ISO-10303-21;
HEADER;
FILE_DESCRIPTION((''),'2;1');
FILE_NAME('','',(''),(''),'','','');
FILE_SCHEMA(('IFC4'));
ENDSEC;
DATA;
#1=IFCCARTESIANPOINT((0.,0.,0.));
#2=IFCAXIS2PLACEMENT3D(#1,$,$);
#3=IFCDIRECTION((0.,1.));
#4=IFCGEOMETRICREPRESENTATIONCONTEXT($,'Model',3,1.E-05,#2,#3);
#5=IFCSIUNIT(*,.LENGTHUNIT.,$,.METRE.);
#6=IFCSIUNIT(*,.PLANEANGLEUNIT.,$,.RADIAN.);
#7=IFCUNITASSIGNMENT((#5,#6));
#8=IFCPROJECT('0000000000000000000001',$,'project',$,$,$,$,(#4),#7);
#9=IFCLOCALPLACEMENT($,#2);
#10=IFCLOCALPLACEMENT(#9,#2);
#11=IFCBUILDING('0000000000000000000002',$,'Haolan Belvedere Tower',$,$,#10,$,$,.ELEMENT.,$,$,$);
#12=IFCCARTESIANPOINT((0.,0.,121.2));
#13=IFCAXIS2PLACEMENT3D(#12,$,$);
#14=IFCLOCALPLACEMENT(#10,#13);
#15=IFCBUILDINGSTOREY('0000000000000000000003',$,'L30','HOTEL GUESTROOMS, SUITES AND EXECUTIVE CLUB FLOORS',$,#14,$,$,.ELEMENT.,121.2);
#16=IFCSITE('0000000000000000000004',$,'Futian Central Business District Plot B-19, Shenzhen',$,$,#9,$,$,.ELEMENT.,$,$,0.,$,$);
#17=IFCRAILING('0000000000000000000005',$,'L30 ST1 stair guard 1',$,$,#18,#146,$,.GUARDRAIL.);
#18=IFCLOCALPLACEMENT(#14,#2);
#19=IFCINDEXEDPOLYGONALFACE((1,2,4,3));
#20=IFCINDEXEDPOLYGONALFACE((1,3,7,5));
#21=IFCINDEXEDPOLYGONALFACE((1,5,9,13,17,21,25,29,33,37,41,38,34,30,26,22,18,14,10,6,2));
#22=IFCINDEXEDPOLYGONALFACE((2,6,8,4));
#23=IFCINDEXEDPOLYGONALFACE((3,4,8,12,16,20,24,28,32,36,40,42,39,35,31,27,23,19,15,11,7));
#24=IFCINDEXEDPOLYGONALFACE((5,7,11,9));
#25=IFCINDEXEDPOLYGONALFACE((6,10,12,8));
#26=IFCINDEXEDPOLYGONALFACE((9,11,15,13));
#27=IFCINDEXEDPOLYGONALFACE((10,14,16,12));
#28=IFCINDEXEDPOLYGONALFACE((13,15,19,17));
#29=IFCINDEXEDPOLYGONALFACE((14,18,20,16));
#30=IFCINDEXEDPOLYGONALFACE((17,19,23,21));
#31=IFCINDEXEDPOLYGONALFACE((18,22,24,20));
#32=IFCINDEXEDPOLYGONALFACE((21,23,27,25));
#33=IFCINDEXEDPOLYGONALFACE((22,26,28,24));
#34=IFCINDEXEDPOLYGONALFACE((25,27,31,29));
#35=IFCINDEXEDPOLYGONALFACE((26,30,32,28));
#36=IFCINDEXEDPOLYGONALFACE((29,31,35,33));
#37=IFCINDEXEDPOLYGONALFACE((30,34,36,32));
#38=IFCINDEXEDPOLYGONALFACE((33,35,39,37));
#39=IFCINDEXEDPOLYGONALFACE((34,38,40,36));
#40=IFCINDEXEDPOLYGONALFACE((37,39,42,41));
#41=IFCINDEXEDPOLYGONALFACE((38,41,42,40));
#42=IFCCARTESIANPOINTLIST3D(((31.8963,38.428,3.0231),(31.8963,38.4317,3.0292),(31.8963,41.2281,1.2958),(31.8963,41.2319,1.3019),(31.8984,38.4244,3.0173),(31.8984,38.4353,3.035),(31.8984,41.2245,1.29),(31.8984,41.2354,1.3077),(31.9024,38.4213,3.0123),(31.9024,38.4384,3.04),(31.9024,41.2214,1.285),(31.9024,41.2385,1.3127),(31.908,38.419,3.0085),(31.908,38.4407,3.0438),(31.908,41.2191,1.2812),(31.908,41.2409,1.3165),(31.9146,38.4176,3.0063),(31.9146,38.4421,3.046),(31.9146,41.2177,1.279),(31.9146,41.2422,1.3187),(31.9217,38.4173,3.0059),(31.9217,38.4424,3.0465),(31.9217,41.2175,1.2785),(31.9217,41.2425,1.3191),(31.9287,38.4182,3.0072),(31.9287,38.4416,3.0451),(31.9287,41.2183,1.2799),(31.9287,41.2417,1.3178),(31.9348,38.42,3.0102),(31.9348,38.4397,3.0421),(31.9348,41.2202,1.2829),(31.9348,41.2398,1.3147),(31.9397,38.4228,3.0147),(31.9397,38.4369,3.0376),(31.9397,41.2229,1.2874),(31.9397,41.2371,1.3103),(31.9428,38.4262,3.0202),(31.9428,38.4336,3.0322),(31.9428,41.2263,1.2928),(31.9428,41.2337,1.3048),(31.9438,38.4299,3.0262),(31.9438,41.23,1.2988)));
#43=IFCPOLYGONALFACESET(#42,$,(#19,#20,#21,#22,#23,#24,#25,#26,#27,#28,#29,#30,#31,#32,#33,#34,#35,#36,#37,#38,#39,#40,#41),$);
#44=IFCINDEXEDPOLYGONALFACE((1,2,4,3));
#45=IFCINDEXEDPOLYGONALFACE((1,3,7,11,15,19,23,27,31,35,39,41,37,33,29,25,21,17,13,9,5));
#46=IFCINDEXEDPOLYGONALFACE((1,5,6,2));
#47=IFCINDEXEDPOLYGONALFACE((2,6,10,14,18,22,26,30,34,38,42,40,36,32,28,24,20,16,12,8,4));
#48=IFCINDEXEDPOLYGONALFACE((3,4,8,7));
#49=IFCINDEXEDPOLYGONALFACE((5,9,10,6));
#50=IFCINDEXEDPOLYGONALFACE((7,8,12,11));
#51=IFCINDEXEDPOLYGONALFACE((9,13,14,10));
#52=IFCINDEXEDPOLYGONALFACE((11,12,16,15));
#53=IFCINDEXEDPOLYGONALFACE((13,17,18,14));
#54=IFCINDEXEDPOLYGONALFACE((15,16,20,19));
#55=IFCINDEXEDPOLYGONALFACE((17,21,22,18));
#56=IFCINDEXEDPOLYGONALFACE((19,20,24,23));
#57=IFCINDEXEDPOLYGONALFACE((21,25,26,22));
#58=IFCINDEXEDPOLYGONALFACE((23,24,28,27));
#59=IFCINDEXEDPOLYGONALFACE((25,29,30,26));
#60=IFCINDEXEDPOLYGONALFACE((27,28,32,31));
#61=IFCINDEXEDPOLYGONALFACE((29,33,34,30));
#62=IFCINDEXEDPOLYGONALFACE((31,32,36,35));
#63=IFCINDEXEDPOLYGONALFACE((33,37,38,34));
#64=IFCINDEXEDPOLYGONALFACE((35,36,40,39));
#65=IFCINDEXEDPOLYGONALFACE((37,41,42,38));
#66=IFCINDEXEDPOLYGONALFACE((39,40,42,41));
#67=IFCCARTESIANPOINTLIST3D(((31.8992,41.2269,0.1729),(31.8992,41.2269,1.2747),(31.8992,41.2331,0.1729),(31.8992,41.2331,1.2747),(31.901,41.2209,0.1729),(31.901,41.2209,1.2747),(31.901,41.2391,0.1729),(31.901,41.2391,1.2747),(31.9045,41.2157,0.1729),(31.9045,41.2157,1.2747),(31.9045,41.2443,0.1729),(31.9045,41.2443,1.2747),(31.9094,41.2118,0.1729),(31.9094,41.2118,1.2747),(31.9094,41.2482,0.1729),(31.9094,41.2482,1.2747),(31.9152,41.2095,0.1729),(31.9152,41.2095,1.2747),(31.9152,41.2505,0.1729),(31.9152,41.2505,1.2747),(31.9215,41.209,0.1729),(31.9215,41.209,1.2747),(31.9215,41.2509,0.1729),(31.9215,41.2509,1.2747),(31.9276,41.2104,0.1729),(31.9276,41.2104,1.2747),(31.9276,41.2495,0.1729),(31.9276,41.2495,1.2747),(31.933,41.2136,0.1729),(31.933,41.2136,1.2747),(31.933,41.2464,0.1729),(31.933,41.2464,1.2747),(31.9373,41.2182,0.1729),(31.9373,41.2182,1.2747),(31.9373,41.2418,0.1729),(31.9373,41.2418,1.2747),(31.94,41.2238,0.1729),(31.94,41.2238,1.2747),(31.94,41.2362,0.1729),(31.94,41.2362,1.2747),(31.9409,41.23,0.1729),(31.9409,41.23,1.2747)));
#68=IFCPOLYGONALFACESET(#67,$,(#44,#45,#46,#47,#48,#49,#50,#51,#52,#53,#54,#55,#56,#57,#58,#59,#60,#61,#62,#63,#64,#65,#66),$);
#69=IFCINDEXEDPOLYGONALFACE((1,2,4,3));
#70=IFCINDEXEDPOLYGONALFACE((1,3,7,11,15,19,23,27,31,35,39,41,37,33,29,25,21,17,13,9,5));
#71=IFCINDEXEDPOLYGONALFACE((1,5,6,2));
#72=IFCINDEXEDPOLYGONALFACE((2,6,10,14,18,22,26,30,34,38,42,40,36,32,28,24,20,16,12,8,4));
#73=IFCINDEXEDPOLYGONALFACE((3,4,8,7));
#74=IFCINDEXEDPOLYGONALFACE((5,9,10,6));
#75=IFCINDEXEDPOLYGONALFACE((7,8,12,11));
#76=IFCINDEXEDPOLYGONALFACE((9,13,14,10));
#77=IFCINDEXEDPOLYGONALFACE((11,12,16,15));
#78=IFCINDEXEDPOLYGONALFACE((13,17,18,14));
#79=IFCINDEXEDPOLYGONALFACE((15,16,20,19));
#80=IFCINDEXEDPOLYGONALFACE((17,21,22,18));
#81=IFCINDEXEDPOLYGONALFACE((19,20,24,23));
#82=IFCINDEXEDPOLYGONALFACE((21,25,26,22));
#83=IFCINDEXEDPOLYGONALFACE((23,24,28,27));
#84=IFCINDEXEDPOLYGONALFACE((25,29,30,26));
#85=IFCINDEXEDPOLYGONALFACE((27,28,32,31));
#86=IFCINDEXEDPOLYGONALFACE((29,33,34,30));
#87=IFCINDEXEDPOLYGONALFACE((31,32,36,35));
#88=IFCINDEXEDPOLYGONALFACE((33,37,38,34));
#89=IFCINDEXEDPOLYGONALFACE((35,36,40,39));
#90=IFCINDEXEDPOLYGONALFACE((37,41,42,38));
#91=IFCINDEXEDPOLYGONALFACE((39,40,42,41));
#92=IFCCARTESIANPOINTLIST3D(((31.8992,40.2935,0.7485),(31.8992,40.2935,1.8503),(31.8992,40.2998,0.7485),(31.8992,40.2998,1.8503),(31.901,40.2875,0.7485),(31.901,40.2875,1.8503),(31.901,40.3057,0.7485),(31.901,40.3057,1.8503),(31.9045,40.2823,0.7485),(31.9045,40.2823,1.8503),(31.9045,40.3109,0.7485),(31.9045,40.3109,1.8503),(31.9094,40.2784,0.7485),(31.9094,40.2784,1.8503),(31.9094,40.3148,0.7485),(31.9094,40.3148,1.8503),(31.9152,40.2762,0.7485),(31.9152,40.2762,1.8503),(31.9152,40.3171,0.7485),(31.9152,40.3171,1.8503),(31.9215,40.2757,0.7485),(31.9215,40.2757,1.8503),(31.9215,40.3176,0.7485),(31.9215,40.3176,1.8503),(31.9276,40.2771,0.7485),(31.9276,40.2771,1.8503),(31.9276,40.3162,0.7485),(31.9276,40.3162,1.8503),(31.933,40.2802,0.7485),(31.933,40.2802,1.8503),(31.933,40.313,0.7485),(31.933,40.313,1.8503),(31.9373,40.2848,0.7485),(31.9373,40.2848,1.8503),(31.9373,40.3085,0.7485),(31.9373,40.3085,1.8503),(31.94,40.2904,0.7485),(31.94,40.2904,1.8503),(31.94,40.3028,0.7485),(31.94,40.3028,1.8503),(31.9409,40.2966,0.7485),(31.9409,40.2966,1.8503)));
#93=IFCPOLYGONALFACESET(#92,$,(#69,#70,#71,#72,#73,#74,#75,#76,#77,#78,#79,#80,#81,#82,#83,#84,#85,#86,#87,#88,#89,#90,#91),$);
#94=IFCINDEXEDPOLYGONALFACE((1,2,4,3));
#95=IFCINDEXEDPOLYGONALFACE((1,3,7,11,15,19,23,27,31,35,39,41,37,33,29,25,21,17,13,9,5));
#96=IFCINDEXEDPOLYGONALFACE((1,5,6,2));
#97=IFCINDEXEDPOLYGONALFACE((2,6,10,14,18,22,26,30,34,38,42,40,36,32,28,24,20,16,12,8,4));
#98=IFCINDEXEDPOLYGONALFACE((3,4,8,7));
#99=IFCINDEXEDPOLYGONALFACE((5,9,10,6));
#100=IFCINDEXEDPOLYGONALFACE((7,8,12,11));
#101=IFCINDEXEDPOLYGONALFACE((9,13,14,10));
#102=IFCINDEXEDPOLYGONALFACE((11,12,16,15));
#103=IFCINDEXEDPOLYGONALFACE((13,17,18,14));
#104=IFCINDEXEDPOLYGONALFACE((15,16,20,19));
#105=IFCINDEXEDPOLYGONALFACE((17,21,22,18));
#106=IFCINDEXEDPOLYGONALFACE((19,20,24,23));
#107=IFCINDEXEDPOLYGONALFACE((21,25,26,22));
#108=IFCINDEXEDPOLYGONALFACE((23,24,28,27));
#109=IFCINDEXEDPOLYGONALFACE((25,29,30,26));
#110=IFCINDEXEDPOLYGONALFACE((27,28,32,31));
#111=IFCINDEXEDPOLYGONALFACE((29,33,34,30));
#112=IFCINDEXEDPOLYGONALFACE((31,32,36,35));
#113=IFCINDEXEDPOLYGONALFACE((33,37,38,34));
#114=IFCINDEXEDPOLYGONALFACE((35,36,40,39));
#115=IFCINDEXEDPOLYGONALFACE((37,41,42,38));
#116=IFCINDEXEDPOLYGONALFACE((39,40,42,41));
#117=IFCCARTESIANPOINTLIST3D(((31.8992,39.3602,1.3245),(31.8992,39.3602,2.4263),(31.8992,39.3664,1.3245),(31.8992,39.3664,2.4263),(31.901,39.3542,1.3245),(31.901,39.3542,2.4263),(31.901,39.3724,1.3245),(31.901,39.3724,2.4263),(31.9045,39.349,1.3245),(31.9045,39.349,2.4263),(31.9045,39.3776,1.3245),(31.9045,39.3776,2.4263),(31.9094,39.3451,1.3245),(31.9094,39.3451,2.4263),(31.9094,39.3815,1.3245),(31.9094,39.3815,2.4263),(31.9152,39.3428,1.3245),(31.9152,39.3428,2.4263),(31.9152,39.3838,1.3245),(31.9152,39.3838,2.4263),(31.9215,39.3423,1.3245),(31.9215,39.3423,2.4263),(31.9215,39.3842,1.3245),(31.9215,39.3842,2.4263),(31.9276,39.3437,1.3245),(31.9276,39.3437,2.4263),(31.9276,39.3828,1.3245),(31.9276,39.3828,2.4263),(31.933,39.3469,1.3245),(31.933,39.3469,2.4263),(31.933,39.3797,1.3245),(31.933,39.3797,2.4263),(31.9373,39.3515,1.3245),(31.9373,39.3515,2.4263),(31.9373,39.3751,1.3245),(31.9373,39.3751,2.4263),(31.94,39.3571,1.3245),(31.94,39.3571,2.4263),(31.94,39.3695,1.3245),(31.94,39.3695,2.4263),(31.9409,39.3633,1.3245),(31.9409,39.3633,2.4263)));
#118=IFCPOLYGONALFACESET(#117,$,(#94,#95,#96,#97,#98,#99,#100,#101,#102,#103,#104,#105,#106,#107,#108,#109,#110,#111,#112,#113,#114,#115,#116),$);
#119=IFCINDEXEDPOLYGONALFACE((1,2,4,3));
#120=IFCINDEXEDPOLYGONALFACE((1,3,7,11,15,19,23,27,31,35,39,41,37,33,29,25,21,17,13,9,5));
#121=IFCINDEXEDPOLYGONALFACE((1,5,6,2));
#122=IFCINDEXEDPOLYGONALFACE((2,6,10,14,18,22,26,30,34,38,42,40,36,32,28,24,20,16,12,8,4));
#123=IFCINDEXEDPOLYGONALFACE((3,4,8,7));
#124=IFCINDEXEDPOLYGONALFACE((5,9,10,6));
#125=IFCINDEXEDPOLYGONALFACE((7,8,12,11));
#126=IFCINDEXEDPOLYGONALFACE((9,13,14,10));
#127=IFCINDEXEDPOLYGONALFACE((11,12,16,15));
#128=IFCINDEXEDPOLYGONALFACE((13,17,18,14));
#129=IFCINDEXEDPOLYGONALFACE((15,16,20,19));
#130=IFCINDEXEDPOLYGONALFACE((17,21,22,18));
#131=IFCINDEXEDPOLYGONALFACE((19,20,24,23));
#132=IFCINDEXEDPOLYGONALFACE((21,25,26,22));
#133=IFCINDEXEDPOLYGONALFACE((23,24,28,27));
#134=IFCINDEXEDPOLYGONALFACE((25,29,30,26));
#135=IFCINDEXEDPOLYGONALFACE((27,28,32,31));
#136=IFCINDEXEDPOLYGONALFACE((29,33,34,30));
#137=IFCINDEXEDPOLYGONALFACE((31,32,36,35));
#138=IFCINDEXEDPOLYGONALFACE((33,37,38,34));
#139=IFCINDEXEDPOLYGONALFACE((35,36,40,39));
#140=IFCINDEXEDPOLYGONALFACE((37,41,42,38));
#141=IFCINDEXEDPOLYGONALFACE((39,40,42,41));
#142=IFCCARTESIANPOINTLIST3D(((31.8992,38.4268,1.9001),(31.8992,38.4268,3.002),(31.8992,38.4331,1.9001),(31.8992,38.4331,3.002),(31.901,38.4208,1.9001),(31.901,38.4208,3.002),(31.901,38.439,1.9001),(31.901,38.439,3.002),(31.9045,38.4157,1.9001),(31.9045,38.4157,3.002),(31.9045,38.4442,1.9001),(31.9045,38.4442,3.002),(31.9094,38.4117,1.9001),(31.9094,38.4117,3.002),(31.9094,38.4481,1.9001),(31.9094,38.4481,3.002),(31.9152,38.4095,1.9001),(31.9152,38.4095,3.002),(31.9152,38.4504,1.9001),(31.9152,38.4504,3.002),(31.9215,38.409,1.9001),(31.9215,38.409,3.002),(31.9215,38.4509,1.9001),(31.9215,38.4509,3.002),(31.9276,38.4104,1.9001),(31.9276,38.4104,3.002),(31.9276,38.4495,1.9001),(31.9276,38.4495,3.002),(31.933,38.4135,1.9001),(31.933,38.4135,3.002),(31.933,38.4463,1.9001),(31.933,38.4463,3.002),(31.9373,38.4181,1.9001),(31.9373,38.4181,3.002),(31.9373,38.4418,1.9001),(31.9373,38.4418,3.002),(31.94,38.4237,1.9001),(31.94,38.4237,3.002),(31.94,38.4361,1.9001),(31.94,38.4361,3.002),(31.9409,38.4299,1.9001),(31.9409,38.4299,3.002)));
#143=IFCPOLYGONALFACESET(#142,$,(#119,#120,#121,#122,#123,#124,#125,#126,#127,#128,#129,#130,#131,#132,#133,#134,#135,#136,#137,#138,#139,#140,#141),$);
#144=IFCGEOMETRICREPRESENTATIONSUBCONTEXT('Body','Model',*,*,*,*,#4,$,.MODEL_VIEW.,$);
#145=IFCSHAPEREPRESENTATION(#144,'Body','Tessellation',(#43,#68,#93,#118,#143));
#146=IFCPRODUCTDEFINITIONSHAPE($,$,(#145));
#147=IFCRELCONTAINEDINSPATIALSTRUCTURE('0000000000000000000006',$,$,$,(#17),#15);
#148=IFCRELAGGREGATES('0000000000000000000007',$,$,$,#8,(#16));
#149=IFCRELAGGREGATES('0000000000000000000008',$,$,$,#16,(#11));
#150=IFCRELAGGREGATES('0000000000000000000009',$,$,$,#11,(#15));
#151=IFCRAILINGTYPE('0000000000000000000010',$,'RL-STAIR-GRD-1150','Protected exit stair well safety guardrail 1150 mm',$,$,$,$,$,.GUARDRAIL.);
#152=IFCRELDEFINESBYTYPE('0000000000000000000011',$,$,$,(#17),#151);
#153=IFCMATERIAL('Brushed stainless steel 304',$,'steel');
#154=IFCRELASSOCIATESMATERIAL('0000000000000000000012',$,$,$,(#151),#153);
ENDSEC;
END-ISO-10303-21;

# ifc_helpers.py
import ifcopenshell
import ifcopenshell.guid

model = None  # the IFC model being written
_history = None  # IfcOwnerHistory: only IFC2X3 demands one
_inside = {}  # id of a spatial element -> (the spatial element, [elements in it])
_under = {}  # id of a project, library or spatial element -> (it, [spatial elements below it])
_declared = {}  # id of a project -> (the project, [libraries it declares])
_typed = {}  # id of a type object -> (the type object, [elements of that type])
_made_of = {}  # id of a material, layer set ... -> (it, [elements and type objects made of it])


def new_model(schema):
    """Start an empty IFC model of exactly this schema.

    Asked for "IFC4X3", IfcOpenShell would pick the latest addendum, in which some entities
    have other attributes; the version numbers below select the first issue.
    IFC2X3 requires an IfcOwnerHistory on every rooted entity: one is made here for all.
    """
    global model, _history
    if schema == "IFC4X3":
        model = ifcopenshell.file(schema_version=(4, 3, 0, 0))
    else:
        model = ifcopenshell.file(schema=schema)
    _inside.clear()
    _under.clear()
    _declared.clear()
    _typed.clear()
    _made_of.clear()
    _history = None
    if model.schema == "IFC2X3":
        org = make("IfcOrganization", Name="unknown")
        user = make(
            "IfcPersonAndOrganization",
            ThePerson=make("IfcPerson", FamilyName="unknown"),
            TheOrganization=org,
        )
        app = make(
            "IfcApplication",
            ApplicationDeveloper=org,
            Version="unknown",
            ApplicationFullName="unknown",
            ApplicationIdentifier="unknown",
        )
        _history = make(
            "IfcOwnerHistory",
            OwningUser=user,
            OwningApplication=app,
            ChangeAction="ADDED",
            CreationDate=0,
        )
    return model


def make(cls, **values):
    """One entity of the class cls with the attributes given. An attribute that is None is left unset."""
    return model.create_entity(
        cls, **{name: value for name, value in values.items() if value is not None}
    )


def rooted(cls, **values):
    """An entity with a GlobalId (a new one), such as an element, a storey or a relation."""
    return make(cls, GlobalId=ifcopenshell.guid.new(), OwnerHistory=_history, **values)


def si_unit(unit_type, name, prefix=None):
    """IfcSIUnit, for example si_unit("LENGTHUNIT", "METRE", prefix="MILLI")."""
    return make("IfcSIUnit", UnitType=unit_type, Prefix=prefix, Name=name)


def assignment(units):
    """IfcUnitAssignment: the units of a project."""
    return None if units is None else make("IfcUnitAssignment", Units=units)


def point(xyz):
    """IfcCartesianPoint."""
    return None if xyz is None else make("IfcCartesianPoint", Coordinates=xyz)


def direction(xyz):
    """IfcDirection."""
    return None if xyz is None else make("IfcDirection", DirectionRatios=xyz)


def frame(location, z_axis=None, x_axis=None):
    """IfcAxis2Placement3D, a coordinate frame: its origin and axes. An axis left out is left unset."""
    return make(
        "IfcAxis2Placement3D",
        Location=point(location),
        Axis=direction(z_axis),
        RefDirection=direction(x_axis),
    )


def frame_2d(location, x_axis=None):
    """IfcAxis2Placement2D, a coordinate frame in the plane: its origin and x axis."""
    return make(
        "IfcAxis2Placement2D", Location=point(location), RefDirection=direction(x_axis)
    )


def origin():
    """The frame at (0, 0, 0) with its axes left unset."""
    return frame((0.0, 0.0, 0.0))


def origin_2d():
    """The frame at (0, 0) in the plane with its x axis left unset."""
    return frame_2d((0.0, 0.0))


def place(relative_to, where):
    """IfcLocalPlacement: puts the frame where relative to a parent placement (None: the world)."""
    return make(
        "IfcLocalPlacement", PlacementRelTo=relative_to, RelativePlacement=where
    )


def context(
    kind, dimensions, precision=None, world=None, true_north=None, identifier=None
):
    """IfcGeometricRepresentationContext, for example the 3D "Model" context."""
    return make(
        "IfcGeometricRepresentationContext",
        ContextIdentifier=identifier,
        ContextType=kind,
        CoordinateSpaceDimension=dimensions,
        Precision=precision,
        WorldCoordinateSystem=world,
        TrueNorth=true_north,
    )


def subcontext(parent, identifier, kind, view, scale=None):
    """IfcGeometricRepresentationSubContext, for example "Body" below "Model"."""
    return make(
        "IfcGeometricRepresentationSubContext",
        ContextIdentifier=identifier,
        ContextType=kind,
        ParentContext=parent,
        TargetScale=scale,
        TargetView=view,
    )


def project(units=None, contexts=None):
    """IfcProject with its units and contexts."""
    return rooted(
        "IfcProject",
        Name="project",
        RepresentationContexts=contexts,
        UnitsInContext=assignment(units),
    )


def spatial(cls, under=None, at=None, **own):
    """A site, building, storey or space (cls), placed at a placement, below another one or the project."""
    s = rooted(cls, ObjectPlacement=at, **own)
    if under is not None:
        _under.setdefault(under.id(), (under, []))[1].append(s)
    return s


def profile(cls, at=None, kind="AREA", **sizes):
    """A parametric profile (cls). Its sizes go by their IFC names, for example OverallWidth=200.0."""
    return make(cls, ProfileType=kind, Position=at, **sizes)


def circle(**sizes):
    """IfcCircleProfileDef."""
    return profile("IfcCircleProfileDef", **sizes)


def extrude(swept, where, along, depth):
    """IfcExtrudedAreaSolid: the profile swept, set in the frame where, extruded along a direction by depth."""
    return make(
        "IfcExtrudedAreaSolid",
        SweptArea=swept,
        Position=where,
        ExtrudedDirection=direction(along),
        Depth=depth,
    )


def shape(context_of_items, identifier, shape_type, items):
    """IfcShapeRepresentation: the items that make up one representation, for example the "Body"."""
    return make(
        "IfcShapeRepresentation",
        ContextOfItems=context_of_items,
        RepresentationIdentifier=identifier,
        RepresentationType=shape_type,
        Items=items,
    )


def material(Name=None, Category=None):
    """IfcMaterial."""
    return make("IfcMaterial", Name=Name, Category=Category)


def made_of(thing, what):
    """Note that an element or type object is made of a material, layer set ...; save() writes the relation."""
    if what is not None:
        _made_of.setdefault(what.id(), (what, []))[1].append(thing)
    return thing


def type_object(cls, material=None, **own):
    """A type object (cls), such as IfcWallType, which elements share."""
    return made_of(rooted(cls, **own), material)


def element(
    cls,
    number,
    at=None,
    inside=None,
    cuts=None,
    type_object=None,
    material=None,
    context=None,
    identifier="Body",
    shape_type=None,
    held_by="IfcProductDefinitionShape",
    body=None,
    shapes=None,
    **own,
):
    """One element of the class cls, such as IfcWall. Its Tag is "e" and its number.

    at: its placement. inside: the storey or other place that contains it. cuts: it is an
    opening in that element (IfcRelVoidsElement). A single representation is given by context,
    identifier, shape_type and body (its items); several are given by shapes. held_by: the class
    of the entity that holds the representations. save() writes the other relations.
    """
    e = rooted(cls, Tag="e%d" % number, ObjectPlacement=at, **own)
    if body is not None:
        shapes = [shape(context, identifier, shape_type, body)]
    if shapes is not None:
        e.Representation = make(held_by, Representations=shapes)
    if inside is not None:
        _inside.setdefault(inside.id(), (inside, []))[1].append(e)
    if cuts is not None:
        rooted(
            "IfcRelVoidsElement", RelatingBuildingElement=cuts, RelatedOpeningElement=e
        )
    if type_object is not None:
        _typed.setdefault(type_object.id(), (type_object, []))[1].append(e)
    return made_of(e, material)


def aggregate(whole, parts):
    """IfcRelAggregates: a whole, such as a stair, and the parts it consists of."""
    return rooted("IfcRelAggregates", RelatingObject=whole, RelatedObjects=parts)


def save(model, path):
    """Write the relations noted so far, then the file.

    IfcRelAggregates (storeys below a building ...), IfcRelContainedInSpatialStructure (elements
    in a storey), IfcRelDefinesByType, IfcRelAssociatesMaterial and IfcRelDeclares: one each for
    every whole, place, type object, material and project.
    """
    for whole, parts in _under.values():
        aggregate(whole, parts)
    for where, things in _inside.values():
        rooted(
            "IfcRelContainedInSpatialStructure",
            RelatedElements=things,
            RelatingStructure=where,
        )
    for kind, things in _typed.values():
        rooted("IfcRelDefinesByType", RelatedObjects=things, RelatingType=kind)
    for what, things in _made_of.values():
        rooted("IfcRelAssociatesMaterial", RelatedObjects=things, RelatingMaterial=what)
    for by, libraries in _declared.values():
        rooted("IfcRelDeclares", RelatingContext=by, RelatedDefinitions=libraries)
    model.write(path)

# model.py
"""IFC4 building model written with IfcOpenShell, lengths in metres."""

from ifc_helpers import new_model, si_unit, direction, frame, origin, origin_2d, place, context, subcontext, project, spatial, circle, extrude, material, type_object, element, save


model = new_model("IFC4")

# Units and contexts
model_context = context("Model", 3, precision=1e-05, world=origin(), true_north=direction((0.0, 1.0)))
body_context = subcontext(model_context, "Body", "Model", "MODEL_VIEW")
ifc_project = project(units=[si_unit("LENGTHUNIT", "METRE"), si_unit("PLANEANGLEUNIT", "RADIAN")], contexts=[model_context])

# Site, building, storey
site_placement = place(None, origin())
site = spatial("IfcSite", under=ifc_project, at=site_placement, Name="Futian Central Business District Plot B-19, Shenzhen", CompositionType="ELEMENT", RefElevation=0.0)
building_placement = place(site_placement, origin())
building = spatial("IfcBuilding", under=site, at=building_placement, Name="Haolan Belvedere Tower", CompositionType="ELEMENT")
storey_placement = place(building_placement, frame((0.0, 0.0, 121.2)))
storey = spatial("IfcBuildingStorey", under=building, at=storey_placement, Name="L30", Description="HOTEL GUESTROOMS, SUITES AND EXECUTIVE CLUB FLOORS", CompositionType="ELEMENT", Elevation=121.2)

# Railing
ifc_material_1 = material(Name="Brushed stainless steel 304", Category="steel")
railing_type = type_object("IfcRailingType", Name="RL-STAIR-GRD-1150", Description="Protected exit stair well safety guardrail 1150 mm", PredefinedType="GUARDRAIL", material=ifc_material_1)
railing_1_placement = place(storey_placement, frame((31.9199, 41.23, 0.1729)))
element("IfcRailing", 1, at=railing_1_placement, inside=storey, type_object=railing_type, Name="L30 ST1 stair guard 1", PredefinedType="GUARDRAIL", context=body_context, shape_type="SweptSolid", body=[
    extrude(circle(Radius=0.0239, at=origin_2d()), frame((0.0, 0.0, 1.126), z_axis=(0.0, -0.85109, 0.52502), x_axis=(1.0, 0.0, 0.0)), (0.0, 0.0, 1.0), 3.29),
    extrude(circle(Radius=0.021, at=origin_2d()), origin(), (0.0, 0.0, 1.0), 1.1018),
    extrude(circle(Radius=0.021, at=origin_2d()), frame((0.0, -0.9333, 0.5757)), (0.0, 0.0, 1.0), 1.1018),
    extrude(circle(Radius=0.021, at=origin_2d()), frame((0.0, -1.8667, 1.1516)), (0.0, 0.0, 1.0), 1.1018),
    extrude(circle(Radius=0.021, at=origin_2d()), frame((0.0, -2.8, 1.7273)), (0.0, 0.0, 1.0), 1.1018),
])

save(model, "model.ifc")
